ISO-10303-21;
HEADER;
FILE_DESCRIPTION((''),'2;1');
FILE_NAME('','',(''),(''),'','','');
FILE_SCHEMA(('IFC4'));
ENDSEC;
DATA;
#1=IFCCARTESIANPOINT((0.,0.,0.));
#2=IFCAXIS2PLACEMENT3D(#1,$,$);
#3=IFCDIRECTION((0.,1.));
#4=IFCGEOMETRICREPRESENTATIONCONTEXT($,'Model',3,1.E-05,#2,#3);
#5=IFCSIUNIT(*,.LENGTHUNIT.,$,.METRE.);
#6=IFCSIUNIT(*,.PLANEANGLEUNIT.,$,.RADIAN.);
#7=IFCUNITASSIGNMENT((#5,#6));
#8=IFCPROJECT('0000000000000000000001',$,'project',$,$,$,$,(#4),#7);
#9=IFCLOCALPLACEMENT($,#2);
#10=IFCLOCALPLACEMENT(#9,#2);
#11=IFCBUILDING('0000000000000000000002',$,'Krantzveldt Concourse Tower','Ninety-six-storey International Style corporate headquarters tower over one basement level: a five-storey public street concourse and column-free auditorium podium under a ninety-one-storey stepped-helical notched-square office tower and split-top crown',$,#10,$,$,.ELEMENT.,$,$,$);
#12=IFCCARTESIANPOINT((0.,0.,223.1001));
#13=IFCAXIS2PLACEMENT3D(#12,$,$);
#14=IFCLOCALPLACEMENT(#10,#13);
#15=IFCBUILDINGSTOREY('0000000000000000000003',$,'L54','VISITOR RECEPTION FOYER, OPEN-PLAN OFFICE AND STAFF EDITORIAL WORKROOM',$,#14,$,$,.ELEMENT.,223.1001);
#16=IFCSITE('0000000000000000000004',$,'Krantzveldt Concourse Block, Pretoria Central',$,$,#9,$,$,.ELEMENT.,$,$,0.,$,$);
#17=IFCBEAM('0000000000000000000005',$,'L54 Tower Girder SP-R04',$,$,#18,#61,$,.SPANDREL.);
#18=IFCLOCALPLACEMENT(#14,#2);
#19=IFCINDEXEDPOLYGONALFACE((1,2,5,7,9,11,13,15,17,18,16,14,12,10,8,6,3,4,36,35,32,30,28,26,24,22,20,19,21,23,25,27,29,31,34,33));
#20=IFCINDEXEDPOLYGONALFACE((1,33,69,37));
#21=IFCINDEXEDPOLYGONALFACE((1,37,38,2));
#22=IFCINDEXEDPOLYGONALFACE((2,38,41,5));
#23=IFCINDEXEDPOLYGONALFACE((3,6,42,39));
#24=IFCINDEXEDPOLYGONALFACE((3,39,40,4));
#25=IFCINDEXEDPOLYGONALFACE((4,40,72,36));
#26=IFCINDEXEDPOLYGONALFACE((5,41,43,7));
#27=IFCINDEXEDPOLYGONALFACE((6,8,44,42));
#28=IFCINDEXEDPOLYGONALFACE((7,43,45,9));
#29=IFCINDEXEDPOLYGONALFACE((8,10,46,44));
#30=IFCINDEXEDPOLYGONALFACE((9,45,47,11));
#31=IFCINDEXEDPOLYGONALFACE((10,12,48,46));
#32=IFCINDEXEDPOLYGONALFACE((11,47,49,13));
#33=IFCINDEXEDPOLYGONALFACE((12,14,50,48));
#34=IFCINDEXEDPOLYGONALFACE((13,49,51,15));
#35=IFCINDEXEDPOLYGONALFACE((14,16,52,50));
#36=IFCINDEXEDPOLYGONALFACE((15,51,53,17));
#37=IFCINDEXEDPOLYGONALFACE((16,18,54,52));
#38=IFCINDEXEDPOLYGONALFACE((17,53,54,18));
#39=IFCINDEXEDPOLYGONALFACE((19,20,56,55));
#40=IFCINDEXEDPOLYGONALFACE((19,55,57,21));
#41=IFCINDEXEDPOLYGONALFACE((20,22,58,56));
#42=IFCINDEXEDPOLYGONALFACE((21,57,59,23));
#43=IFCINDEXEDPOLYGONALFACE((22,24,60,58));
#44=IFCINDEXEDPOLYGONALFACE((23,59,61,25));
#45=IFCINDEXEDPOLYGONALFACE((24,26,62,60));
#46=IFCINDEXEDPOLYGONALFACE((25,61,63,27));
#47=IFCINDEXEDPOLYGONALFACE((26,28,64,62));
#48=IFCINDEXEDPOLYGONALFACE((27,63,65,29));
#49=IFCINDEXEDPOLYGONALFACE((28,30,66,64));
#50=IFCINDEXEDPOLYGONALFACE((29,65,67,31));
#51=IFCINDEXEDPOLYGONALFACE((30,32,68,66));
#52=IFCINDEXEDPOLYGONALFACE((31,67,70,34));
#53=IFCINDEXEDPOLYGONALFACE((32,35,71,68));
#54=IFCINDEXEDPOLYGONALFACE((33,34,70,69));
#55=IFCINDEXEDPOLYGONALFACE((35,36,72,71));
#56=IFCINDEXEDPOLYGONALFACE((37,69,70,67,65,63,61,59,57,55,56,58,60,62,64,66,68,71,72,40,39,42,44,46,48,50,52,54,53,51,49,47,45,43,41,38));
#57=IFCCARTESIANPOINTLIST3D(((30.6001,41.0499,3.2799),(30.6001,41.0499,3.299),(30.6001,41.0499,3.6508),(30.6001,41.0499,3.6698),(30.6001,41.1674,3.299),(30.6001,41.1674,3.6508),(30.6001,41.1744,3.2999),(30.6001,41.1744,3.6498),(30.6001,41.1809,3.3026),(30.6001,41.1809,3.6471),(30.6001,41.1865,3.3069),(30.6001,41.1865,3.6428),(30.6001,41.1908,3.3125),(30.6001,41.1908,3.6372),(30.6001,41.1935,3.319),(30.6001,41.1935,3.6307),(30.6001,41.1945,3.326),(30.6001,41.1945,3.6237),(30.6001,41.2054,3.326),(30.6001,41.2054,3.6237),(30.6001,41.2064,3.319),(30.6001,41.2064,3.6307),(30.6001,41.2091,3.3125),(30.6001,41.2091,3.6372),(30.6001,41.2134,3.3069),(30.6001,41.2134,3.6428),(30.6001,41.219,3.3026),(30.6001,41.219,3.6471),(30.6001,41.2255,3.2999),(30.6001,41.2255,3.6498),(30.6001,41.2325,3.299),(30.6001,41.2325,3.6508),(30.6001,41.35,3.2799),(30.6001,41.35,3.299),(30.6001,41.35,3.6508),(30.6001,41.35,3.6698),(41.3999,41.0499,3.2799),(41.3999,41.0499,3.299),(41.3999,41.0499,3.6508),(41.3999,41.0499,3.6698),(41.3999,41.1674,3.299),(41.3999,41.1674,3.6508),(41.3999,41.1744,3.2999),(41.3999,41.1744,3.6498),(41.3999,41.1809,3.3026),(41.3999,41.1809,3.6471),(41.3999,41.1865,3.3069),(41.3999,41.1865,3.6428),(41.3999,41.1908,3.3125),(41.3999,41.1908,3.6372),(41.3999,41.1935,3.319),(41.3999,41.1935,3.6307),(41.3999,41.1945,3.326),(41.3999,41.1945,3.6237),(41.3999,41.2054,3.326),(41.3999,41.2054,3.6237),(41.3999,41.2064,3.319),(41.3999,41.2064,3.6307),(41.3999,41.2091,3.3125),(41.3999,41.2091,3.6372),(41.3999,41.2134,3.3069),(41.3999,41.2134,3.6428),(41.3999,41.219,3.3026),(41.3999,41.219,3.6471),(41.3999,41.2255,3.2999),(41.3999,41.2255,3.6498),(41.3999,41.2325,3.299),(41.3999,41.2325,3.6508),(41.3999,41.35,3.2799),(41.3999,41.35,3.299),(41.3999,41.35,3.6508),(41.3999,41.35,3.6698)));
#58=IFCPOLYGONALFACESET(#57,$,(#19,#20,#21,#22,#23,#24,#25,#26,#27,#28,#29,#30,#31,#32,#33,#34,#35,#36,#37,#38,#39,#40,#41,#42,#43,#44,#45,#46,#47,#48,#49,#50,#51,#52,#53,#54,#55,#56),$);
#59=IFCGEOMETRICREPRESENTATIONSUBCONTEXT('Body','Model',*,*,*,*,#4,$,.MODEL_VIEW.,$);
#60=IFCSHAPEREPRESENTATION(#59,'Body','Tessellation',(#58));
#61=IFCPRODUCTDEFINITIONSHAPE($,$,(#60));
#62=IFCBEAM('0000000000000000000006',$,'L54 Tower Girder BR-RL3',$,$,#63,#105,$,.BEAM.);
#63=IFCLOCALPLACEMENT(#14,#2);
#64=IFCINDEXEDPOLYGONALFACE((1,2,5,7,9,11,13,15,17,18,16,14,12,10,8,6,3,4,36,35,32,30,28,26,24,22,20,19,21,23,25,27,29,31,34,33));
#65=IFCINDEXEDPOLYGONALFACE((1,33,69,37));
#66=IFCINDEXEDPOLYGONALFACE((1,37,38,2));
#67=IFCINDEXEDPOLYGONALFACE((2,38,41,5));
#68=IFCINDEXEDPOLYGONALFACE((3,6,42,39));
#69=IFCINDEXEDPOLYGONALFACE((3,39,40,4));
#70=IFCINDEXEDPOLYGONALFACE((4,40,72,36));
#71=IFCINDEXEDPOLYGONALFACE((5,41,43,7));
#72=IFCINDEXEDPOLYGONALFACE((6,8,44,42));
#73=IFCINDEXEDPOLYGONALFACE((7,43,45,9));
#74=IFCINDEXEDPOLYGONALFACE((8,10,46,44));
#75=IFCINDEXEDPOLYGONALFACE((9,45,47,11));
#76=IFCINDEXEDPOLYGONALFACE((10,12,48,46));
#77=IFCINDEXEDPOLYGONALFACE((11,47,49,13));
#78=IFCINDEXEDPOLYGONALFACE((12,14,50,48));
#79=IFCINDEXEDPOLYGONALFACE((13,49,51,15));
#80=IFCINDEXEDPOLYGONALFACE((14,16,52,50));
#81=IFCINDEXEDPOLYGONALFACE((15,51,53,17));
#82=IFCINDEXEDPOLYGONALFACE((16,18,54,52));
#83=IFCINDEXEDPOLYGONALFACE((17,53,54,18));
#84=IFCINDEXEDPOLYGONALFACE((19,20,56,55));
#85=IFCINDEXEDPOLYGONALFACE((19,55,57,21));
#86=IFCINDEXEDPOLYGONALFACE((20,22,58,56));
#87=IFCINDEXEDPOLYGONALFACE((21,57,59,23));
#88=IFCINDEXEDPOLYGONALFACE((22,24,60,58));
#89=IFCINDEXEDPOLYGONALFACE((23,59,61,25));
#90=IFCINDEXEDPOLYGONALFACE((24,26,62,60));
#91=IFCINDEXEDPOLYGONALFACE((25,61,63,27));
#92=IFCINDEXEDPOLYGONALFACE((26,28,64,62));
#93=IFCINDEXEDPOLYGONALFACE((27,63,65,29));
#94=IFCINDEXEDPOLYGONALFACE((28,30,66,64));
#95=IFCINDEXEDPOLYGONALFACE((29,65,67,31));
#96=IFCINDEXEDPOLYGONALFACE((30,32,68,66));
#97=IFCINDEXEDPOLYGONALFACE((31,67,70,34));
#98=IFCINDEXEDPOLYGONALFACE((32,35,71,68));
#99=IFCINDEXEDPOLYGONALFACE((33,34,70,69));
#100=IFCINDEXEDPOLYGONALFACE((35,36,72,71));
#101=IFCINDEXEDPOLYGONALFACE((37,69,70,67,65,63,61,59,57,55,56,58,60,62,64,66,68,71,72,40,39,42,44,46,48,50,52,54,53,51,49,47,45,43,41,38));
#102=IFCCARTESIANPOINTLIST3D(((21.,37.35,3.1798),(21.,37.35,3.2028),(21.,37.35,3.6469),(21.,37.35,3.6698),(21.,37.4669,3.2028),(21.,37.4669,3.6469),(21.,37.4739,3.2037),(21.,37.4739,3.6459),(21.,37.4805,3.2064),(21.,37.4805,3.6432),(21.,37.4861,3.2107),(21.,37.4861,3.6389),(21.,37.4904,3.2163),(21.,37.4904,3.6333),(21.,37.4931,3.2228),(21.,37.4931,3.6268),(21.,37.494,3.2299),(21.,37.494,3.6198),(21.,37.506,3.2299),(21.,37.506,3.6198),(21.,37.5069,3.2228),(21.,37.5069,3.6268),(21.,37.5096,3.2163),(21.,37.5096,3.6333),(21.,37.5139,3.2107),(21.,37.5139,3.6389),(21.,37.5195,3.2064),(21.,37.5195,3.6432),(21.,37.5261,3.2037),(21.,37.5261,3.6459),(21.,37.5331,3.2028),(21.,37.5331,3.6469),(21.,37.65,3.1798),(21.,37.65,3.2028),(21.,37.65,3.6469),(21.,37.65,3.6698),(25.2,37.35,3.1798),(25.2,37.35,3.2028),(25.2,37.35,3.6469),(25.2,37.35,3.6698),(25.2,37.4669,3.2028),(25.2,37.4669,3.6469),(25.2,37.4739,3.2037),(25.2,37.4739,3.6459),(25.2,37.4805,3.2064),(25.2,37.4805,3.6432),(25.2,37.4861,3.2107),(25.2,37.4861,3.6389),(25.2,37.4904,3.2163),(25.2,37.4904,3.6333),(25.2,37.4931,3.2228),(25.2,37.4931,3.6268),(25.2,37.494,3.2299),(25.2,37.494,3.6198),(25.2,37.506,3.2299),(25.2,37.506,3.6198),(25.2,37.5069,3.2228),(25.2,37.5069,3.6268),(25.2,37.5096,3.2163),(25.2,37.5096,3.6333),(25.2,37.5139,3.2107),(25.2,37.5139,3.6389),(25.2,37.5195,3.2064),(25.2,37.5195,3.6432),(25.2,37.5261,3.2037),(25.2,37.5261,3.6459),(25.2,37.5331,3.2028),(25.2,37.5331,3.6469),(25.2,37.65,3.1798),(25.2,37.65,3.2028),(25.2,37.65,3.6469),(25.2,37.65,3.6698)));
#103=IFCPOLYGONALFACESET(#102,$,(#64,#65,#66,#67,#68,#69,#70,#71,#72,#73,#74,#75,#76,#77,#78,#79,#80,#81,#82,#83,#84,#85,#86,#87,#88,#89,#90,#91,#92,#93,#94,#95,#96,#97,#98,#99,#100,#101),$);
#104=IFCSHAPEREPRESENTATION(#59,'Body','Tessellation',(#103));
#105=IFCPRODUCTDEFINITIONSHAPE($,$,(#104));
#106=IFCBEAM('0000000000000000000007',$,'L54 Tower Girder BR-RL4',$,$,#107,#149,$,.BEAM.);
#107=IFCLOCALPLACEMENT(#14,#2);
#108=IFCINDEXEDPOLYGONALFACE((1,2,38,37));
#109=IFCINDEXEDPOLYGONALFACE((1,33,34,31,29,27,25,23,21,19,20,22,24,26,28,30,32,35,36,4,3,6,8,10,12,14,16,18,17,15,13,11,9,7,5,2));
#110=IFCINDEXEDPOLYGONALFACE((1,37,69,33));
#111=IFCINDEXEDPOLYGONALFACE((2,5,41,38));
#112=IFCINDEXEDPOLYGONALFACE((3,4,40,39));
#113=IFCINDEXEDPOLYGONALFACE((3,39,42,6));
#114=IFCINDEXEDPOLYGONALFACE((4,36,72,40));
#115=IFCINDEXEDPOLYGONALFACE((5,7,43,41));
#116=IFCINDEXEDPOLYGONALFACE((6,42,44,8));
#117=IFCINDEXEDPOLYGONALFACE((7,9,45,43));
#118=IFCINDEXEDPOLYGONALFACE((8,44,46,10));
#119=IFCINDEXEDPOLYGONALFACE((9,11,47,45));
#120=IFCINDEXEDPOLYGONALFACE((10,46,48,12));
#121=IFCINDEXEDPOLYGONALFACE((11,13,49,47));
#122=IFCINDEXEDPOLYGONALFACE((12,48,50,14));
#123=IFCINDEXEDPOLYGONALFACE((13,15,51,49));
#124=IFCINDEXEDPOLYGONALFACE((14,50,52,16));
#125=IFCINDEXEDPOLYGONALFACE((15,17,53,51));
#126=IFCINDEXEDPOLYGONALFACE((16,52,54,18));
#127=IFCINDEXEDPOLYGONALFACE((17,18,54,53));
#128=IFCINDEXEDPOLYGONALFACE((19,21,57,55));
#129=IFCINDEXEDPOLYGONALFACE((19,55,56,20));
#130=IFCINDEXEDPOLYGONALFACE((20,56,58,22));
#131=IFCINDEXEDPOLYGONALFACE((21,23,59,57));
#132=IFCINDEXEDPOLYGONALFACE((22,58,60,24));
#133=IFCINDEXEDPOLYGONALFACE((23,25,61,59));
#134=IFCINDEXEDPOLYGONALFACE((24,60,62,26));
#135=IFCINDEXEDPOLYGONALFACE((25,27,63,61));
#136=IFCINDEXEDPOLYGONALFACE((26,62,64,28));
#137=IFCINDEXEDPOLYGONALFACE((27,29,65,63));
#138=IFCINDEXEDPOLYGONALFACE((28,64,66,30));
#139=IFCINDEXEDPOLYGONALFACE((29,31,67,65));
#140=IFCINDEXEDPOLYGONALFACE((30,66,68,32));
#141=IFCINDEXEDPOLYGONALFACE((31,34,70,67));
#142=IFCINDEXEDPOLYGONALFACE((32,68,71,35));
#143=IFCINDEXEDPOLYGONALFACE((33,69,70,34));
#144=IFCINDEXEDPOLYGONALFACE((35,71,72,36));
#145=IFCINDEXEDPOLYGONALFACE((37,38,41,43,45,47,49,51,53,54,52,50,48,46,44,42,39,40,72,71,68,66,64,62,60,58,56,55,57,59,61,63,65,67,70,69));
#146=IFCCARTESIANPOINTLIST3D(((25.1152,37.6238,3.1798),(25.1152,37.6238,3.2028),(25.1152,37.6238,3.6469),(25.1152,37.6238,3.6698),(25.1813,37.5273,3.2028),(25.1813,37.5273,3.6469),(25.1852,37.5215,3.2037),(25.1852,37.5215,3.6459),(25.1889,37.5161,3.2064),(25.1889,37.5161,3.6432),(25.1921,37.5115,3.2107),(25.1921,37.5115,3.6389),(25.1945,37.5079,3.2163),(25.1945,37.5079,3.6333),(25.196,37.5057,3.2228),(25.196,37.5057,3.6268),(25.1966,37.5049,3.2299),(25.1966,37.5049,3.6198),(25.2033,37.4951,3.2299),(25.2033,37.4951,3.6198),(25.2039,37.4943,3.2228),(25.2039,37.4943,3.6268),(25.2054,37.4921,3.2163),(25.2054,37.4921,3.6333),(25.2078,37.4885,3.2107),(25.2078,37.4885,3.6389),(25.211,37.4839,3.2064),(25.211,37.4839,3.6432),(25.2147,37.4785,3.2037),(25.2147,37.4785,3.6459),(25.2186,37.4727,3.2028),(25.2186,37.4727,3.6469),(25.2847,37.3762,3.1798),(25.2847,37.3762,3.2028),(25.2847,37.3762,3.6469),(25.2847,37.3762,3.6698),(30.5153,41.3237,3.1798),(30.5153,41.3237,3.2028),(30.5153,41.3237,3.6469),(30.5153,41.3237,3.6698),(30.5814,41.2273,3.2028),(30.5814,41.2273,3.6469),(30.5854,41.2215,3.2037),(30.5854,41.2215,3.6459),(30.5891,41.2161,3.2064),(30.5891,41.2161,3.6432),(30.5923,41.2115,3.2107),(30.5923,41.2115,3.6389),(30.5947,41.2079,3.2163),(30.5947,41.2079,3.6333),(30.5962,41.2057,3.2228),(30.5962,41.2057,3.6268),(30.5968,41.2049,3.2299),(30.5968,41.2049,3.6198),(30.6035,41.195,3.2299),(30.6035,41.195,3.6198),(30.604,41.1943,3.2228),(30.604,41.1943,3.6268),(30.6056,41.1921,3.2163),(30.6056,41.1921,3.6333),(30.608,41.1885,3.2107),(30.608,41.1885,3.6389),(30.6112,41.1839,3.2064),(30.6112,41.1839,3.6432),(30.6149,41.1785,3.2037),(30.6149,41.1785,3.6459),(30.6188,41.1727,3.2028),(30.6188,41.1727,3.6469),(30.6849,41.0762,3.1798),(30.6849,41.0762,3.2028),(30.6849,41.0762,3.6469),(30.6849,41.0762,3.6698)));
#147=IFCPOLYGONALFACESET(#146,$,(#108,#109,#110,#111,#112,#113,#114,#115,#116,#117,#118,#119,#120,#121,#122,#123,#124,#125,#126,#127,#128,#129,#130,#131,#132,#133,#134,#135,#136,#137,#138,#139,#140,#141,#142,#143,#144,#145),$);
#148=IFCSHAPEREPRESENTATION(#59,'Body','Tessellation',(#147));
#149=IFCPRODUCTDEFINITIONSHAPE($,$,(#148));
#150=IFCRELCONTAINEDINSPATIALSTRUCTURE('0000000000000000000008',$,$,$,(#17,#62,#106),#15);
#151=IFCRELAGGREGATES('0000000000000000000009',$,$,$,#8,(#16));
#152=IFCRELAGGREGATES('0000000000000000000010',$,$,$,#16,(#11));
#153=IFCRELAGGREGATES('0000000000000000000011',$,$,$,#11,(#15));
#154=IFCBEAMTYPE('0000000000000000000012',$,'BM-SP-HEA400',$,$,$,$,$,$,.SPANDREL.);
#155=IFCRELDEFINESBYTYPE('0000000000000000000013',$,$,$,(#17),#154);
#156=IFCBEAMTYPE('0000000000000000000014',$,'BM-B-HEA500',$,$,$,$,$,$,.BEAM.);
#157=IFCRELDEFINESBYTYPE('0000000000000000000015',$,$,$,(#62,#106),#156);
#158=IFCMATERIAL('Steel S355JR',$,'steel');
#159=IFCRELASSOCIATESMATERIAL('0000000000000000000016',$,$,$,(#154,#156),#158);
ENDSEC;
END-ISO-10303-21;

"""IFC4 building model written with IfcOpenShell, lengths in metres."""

from ifc_helpers import new_model, si_unit, direction, frame, origin, origin_2d, place, context, subcontext, project, spatial, i_section, extrude, source, transform, mapped, material, material_profile, profile_set, type_object, type_shapes, element, save


model = new_model("IFC4")

# Units and contexts
model_context = context("Model", 3, precision=1e-05, world=origin(), true_north=direction((0.0, 1.0)))
body_context = subcontext(model_context, "Body", "Model", "MODEL_VIEW")
ifc_project = project(units=[si_unit("LENGTHUNIT", "METRE"), si_unit("PLANEANGLEUNIT", "RADIAN")], contexts=[model_context])

# Site, building, storey
site_placement = place(None, origin())
site = spatial("IfcSite", under=ifc_project, at=site_placement, Name="Krantzveldt Concourse Block, Pretoria Central", CompositionType="ELEMENT", RefElevation=0.0)
building_placement = place(site_placement, origin())
building = spatial("IfcBuilding", under=site, at=building_placement, Name="Krantzveldt Concourse Tower", Description="Ninety-six-storey International Style corporate headquarters tower over one basement level: a five-storey public street concourse and column-free auditorium podium under a ninety-one-storey stepped-helical notched-square office tower and split-top crown", CompositionType="ELEMENT")
storey_placement = place(building_placement, frame((0.0, 0.0, 223.1001)))
storey = spatial("IfcBuildingStorey", under=building, at=storey_placement, Name="L54", Description="VISITOR RECEPTION FOYER, OPEN-PLAN OFFICE AND STAFF EDITORIAL WORKROOM", CompositionType="ELEMENT", Elevation=223.1001)

# Beams
ifc_material_1 = material(Name="Steel S355JR", Category="steel")
ifc_material_profile_1 = material_profile(ifc_material_1, i_section(OverallWidth=0.3, OverallDepth=0.3899, WebThickness=0.011, FlangeThickness=0.019, FilletRadius=0.0271, at=origin_2d()), Name="Steel S355JR", Category="steel")
ifc_profile_set_1 = profile_set([ifc_material_profile_1], Name="Steel S355JR - HEA 400")
beam_type_1 = type_object("IfcBeamType", Name="BM-SP-HEA400", PredefinedType="SPANDREL", material=ifc_profile_set_1)
shared_shape_1 = source(origin(), body_context, "Body", "SweptSolid", [
    extrude(i_section(OverallWidth=0.3, OverallDepth=0.3899, WebThickness=0.011, FlangeThickness=0.019, FilletRadius=0.0271, at=origin_2d()), origin(), (0.0, 0.0, 1.0), 10.7998),
])
beam_1_placement = place(storey_placement, frame((30.6001, 41.2, 3.4749), z_axis=(1.0, 0.0, 0.0), x_axis=(0.0, 1.0, 0.0)))
element("IfcBeam", 1, at=beam_1_placement, inside=storey, type_object=beam_type_1, Name="L54 Tower Girder SP-R04", PredefinedType="SPANDREL", context=body_context, shape_type="MappedRepresentation", body=[
    mapped(shared_shape_1, transform((0.0, 0.0, 0.0), x_axis=(1.0, 0.0, 0.0), y_axis=(0.0, 1.0, 0.0), z_axis=(0.0, 0.0, 1.0), scale=1.0)),
])
ifc_material_profile_2 = material_profile(ifc_material_1, i_section(OverallWidth=0.3, OverallDepth=0.49, WebThickness=0.012, FlangeThickness=0.0229, FilletRadius=0.0271, at=origin_2d()), Name="Steel S355JR", Category="steel")
ifc_profile_set_2 = profile_set([ifc_material_profile_2], Name="Steel S355JR - HEA 500")
beam_type_2 = type_object("IfcBeamType", Name="BM-B-HEA500", PredefinedType="BEAM", material=ifc_profile_set_2)
shared_shape_2 = source(origin(), body_context, "Body", "SweptSolid", [
    extrude(i_section(OverallWidth=0.3, OverallDepth=0.49, WebThickness=0.012, FlangeThickness=0.0229, FilletRadius=0.0271, at=origin_2d()), origin(), (0.0, 0.0, 1.0), 4.2),
])
beam_2_placement = place(storey_placement, frame((21.0, 37.5, 3.4248), z_axis=(1.0, 0.0, 0.0), x_axis=(0.0, 1.0, 0.0)))
element("IfcBeam", 2, at=beam_2_placement, inside=storey, type_object=beam_type_2, Name="L54 Tower Girder BR-RL3", PredefinedType="BEAM", context=body_context, shape_type="MappedRepresentation", body=[
    mapped(shared_shape_2, transform((0.0, 0.0, 0.0), x_axis=(1.0, 0.0, 0.0), y_axis=(0.0, 1.0, 0.0), z_axis=(0.0, 0.0, 1.0), scale=1.0)),
])
shared_shape_3 = source(origin(), body_context, "Body", "SweptSolid", [
    extrude(i_section(OverallWidth=0.3, OverallDepth=0.49, WebThickness=0.012, FlangeThickness=0.0229, FilletRadius=0.0271, at=origin_2d()), origin(), (0.0, 0.0, 1.0), 6.5461),
])
type_shapes(beam_type_2, [shared_shape_2, shared_shape_3])
beam_3_placement = place(storey_placement, frame((25.2, 37.5, 3.4248), z_axis=(0.824943, 0.565216, 0.0), x_axis=(-0.565216, 0.824943, 0.0)))
element("IfcBeam", 3, at=beam_3_placement, inside=storey, type_object=beam_type_2, Name="L54 Tower Girder BR-RL4", PredefinedType="BEAM", context=body_context, shape_type="MappedRepresentation", body=[
    mapped(shared_shape_3, transform((0.0, 0.0, 0.0), x_axis=(1.0, 0.0, 0.0), y_axis=(0.0, 1.0, 0.0), z_axis=(0.0, 0.0, 1.0), scale=1.0)),
])

save(model, "model.ifc")
